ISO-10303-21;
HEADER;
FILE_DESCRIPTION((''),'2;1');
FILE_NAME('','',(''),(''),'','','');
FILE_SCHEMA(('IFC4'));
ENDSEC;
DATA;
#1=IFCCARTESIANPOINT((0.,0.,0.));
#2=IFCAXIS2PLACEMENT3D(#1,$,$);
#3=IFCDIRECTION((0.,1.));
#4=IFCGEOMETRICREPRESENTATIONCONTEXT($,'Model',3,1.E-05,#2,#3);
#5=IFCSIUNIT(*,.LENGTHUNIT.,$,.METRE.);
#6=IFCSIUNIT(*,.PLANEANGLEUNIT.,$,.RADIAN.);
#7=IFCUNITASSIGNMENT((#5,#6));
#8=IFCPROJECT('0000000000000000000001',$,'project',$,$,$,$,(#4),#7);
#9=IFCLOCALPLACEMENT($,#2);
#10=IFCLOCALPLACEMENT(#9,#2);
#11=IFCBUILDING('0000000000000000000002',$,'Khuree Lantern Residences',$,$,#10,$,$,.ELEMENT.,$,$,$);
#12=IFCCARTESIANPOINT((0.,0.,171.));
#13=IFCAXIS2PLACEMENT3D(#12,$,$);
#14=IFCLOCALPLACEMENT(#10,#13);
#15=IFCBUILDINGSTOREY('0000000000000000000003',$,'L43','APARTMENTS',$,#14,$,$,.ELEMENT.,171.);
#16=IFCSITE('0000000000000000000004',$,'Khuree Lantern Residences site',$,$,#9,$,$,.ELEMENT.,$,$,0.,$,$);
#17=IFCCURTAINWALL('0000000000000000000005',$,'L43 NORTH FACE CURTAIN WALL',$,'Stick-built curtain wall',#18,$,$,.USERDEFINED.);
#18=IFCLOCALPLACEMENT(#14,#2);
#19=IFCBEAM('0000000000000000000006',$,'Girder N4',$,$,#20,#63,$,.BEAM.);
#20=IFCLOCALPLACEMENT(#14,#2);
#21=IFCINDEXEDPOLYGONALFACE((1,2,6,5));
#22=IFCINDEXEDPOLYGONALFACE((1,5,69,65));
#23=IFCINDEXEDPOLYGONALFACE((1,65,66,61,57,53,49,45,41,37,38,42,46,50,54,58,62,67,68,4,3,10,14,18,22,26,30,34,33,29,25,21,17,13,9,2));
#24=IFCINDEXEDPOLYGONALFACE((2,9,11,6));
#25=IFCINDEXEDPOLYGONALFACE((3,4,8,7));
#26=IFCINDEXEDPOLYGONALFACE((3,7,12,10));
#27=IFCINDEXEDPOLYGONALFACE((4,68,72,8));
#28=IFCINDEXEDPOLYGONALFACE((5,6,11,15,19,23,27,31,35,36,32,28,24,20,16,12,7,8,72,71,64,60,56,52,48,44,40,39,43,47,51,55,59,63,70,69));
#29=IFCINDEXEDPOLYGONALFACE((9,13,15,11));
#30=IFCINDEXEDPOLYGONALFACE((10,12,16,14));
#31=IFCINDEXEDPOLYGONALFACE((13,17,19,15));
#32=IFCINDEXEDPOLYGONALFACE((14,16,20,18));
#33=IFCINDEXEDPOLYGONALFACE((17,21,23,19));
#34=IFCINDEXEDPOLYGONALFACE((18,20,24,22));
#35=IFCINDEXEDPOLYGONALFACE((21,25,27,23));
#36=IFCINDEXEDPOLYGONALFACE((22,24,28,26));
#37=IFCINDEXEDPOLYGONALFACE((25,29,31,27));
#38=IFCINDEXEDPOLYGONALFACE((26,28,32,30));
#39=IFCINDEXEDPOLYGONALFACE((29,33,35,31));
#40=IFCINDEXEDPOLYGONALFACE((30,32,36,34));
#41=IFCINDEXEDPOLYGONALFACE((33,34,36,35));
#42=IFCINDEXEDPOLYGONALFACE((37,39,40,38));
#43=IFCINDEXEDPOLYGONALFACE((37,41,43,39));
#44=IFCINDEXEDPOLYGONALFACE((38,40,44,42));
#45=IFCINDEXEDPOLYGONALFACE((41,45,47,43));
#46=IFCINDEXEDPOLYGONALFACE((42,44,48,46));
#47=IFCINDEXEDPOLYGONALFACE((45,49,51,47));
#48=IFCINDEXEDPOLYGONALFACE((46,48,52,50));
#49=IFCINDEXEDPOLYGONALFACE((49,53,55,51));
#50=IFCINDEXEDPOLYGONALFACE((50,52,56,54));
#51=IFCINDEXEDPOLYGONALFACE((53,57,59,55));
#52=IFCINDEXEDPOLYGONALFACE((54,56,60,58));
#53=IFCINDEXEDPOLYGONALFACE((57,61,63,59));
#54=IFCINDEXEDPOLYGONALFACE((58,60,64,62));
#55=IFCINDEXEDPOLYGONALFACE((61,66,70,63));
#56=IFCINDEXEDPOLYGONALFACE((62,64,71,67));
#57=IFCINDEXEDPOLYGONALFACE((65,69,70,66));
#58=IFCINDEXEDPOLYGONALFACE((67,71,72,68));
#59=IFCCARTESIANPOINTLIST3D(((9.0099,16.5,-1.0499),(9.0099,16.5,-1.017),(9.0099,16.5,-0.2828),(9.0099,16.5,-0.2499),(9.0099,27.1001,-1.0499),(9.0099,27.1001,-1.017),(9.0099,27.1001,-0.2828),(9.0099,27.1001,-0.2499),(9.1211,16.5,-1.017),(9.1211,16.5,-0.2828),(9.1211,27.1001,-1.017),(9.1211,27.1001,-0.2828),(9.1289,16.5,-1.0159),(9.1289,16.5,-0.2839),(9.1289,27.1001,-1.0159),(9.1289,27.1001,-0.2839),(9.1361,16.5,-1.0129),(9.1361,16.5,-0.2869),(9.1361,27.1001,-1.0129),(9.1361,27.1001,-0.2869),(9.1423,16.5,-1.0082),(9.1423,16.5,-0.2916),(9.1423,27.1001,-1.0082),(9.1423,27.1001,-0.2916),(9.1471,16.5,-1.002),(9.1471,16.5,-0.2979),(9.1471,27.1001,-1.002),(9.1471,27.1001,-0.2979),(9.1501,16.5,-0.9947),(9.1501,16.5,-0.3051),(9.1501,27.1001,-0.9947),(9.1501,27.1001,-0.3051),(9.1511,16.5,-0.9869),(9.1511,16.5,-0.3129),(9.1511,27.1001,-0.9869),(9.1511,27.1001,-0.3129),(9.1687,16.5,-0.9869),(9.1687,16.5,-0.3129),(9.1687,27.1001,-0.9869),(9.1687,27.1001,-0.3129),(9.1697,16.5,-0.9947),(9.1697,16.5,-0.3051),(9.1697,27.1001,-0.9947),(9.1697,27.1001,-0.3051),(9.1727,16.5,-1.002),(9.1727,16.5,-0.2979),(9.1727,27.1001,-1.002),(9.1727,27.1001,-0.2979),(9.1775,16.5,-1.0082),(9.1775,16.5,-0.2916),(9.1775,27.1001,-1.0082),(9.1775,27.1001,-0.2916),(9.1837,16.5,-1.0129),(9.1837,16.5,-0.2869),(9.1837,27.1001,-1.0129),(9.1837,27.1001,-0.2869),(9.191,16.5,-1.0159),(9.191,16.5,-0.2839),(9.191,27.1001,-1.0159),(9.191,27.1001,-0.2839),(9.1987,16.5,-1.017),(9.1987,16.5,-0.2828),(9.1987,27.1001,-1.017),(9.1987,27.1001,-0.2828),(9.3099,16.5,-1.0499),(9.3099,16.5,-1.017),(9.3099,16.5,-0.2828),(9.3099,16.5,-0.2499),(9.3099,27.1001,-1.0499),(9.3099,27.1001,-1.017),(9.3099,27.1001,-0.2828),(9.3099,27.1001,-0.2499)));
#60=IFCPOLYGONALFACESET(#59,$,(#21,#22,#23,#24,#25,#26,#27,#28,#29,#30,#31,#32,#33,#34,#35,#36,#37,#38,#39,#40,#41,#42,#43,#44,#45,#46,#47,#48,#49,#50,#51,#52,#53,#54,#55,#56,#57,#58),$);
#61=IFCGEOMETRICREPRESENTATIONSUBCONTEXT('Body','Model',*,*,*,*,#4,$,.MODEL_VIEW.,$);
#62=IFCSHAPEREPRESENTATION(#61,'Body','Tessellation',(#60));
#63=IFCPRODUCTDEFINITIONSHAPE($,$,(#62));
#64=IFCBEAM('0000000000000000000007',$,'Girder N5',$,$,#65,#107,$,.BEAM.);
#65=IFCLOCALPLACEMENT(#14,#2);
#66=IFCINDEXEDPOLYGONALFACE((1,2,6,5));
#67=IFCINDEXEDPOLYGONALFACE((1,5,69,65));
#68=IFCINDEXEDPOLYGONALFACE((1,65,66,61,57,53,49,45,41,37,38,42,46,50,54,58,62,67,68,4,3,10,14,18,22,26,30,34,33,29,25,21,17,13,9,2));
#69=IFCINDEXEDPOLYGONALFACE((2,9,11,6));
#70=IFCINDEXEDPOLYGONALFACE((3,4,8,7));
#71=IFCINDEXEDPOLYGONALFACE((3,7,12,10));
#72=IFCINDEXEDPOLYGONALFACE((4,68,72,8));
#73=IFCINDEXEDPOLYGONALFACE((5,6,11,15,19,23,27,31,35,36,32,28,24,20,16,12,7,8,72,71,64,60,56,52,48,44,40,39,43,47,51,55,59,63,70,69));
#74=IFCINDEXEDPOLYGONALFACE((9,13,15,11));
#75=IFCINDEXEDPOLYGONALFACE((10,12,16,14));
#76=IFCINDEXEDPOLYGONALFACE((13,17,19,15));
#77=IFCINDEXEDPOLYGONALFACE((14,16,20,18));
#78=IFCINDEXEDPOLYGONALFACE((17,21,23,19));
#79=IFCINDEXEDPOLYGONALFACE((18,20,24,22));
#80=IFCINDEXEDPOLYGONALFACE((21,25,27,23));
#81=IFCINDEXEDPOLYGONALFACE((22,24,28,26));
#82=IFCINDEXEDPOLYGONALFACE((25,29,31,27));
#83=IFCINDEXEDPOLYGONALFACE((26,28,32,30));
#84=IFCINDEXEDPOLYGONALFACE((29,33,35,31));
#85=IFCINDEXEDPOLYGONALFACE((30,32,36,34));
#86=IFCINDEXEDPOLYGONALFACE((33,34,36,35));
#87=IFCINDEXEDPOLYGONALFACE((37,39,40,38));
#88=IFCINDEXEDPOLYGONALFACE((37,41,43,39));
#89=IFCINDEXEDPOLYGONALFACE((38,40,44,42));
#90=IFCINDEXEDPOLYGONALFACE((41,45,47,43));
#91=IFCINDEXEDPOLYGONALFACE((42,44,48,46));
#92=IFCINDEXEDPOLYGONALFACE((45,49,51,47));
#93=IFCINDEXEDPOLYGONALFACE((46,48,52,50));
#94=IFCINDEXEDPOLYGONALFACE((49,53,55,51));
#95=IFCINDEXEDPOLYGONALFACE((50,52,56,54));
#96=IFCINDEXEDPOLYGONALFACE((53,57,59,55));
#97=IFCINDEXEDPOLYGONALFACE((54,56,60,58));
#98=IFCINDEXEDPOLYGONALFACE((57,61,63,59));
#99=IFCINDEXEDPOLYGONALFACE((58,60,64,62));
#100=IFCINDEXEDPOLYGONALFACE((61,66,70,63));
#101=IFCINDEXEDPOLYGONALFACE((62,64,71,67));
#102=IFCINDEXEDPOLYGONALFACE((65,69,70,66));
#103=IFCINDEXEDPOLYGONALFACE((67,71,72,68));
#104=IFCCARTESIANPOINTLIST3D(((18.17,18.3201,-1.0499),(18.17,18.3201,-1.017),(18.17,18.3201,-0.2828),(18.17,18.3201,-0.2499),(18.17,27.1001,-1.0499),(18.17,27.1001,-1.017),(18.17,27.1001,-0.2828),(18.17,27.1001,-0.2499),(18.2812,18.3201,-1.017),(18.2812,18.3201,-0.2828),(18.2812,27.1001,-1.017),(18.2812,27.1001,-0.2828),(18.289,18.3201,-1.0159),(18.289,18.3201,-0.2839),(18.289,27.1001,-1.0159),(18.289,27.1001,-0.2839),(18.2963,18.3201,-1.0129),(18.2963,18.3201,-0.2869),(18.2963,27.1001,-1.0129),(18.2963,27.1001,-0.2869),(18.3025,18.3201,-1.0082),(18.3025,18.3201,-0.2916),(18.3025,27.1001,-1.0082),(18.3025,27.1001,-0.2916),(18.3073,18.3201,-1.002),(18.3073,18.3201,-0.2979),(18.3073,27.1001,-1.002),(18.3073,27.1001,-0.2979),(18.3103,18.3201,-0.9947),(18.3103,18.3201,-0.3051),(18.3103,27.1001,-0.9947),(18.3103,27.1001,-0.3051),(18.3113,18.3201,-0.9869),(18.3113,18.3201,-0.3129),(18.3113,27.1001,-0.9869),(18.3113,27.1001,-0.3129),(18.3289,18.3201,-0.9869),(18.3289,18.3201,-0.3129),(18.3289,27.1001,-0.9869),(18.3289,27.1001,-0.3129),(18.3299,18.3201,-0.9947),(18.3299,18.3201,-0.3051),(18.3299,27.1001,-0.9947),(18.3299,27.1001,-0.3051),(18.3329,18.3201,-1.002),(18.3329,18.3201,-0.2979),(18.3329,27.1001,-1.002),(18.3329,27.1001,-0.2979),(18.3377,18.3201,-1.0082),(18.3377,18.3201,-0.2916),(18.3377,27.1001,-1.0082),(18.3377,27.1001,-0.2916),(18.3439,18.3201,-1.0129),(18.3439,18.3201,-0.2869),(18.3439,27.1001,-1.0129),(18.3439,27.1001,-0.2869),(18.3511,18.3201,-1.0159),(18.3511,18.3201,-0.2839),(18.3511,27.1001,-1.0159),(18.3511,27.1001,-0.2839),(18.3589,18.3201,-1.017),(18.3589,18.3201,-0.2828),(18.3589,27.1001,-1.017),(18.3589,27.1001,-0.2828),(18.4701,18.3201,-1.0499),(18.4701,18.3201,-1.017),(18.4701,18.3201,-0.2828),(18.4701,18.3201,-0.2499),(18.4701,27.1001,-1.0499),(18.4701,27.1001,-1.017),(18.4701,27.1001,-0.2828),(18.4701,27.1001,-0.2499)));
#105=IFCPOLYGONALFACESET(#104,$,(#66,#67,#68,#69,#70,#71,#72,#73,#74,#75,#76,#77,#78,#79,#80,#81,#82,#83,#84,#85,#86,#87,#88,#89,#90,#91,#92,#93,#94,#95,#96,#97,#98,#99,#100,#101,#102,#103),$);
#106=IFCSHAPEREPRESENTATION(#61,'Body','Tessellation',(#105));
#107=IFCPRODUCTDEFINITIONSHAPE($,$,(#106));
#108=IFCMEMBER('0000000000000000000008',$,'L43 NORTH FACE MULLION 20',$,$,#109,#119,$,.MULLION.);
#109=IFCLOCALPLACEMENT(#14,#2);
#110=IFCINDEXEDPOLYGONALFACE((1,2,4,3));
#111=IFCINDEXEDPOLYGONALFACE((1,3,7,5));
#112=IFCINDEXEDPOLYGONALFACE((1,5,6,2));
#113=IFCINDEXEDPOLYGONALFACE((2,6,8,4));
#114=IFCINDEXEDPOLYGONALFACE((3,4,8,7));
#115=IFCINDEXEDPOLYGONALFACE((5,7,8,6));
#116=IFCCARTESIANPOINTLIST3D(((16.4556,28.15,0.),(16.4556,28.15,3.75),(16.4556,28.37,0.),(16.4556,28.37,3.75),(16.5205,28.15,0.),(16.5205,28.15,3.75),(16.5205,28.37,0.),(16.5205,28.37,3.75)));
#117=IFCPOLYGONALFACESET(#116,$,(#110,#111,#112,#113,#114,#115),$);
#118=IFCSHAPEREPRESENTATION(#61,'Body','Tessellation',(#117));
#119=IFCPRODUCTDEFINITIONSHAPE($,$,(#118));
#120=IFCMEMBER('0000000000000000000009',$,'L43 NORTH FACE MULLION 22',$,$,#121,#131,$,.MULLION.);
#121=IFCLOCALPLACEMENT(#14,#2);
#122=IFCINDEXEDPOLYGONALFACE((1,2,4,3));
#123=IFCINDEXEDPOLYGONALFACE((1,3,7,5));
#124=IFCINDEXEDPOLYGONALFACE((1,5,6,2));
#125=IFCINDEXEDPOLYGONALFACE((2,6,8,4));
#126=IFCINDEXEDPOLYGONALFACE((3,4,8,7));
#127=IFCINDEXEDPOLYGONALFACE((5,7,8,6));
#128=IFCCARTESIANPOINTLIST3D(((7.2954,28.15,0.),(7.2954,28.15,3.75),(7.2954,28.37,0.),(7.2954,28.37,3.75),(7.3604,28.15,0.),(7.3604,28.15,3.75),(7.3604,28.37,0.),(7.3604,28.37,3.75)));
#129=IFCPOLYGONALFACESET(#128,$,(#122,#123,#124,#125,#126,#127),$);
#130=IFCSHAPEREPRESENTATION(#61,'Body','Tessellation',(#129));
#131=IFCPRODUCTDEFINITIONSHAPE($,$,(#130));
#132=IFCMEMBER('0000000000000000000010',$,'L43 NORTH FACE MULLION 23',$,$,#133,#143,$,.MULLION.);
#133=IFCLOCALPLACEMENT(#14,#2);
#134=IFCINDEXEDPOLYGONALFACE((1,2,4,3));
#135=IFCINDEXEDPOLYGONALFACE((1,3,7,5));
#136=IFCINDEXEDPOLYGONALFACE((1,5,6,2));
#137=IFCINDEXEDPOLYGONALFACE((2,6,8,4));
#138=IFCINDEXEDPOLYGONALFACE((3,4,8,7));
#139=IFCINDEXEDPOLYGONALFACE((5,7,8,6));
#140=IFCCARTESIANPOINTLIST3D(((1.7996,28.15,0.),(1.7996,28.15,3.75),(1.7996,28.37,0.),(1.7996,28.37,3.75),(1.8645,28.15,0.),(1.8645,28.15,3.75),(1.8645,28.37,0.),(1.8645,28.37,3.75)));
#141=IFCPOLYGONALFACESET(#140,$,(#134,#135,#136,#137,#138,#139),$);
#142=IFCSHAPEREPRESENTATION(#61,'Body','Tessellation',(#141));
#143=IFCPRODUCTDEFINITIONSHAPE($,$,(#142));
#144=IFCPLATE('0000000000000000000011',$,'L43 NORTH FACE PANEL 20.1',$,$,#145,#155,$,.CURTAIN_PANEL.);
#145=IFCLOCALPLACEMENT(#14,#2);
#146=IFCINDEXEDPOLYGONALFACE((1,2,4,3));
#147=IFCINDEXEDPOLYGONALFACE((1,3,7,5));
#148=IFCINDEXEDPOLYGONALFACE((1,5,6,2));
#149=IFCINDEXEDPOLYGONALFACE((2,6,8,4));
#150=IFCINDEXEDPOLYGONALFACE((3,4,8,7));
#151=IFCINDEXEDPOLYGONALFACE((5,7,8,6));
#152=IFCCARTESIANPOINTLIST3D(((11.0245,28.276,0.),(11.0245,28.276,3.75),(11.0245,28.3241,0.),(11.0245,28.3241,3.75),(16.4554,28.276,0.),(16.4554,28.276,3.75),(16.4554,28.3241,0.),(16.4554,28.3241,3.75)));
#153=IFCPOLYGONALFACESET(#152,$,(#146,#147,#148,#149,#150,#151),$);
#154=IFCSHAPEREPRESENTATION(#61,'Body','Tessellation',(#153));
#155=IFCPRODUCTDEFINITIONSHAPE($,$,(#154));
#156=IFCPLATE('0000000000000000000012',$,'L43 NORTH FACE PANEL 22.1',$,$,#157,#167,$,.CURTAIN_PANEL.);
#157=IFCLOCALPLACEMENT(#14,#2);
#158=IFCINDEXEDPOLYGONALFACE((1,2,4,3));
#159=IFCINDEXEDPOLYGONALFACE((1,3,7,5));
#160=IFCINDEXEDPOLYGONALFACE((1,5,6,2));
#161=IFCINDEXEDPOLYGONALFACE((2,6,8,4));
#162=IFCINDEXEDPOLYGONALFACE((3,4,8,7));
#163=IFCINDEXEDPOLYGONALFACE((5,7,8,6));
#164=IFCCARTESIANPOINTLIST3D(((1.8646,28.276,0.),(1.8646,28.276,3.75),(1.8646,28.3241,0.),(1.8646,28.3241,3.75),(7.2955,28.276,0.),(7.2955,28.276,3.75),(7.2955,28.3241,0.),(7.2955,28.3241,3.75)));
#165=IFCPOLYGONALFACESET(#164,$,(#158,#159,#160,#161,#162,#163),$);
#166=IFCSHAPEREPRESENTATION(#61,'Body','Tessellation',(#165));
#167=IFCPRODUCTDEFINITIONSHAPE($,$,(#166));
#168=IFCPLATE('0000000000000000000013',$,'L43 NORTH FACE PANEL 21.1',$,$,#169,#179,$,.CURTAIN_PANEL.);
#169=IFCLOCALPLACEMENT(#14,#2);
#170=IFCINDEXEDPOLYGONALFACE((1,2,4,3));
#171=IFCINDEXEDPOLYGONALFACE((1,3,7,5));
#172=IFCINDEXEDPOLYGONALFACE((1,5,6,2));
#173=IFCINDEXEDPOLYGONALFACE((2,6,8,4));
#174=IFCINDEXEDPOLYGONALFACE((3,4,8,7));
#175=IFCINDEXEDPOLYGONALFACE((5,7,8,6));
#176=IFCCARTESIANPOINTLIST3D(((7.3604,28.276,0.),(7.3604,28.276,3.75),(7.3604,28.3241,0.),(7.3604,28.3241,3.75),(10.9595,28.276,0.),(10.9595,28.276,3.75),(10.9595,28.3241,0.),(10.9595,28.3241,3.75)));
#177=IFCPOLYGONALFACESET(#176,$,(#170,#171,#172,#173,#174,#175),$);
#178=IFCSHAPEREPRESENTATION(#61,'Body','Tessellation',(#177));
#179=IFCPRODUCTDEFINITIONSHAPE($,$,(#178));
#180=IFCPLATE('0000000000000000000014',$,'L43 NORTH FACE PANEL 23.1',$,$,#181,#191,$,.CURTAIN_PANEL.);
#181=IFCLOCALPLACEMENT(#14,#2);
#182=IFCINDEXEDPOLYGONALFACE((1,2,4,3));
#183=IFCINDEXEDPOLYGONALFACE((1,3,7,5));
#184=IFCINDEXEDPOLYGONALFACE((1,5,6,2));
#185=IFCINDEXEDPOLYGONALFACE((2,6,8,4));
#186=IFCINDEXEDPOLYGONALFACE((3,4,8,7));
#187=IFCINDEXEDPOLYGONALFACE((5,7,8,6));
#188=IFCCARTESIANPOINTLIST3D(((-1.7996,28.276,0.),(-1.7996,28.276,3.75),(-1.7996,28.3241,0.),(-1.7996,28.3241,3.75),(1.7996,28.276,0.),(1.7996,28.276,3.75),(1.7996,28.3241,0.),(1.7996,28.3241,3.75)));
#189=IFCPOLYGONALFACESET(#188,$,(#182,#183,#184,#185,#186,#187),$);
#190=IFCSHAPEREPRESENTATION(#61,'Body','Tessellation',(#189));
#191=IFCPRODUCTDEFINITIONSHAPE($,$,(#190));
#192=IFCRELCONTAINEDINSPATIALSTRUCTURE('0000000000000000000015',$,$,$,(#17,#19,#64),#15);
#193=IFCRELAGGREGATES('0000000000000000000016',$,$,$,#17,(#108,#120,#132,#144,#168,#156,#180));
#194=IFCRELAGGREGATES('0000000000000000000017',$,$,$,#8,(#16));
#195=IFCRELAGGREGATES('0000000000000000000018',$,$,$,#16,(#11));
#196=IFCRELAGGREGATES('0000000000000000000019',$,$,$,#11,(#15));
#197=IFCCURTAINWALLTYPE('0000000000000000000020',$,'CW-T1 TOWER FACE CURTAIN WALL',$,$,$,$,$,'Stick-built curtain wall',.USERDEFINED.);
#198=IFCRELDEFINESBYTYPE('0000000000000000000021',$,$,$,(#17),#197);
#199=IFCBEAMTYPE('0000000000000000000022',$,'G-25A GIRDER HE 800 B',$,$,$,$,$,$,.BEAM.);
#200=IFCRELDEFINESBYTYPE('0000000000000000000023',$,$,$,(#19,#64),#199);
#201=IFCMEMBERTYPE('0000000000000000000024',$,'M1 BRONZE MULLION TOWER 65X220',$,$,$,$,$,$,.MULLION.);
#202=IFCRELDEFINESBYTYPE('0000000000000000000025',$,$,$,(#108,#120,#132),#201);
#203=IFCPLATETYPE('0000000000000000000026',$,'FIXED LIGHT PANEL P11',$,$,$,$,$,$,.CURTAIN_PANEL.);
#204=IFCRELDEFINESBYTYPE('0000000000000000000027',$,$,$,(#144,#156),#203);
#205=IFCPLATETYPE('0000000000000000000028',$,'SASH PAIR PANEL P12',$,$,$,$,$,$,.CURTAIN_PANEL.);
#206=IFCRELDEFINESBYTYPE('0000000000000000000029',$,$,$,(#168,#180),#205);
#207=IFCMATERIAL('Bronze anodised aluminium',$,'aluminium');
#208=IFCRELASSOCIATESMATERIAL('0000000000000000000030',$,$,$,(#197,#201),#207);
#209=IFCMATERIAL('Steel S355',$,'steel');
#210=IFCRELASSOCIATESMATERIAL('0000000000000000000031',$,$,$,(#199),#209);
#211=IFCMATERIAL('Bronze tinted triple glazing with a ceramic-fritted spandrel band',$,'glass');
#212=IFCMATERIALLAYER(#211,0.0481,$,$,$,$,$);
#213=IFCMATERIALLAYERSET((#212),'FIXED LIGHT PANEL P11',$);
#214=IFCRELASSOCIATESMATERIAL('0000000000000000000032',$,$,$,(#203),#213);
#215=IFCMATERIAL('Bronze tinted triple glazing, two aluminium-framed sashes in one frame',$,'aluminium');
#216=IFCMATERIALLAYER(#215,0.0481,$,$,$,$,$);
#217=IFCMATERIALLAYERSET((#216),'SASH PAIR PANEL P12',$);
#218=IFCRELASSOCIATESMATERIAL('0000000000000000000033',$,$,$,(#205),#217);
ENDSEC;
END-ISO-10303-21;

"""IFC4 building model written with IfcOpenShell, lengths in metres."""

from ifc_helpers import new_model, si_unit, direction, frame, origin, origin_2d, place, context, subcontext, project, spatial, rectangle, i_section, extrude, material, layer, layer_set, material_profile, profile_set, type_object, element, aggregate, save


model = new_model("IFC4")

# Units and contexts
model_context = context("Model", 3, precision=1e-05, world=origin(), true_north=direction((0.0, 1.0)))
body_context = subcontext(model_context, "Body", "Model", "MODEL_VIEW")
ifc_project = project(units=[si_unit("LENGTHUNIT", "METRE"), si_unit("PLANEANGLEUNIT", "RADIAN")], contexts=[model_context])

# Site, building, storey
site_placement = place(None, origin())
site = spatial("IfcSite", under=ifc_project, at=site_placement, Name="Khuree Lantern Residences site", CompositionType="ELEMENT", RefElevation=0.0)
building_placement = place(site_placement, origin())
building = spatial("IfcBuilding", under=site, at=building_placement, Name="Khuree Lantern Residences", CompositionType="ELEMENT")
storey_placement = place(building_placement, frame((0.0, 0.0, 171.0)))
storey = spatial("IfcBuildingStorey", under=building, at=storey_placement, Name="L43", Description="APARTMENTS", CompositionType="ELEMENT", Elevation=171.0)

# Shared definitions
ifc_material_1 = material(Name="Steel S355", Category="steel")

# Curtain wall
ifc_material_2 = material(Name="Bronze anodised aluminium", Category="aluminium")
curtain_wall_type = type_object("IfcCurtainWallType", Name="CW-T1 TOWER FACE CURTAIN WALL", ElementType="Stick-built curtain wall", PredefinedType="USERDEFINED", material=ifc_material_2)
curtain_wall_placement = place(storey_placement, origin())
curtain_wall = element("IfcCurtainWall", 1, at=curtain_wall_placement, inside=storey, type_object=curtain_wall_type, Name="L43 NORTH FACE CURTAIN WALL", ObjectType="Stick-built curtain wall", PredefinedType="USERDEFINED")

# Beams
ifc_material_profile_1 = material_profile(ifc_material_1, i_section(OverallWidth=0.3, OverallDepth=0.8, WebThickness=0.0176, FlangeThickness=0.033, FilletRadius=0.03, at=origin_2d()), Name="HE 800 B")
ifc_profile_set_1 = profile_set([ifc_material_profile_1], Name="Steel S355")
beam_type_1 = type_object("IfcBeamType", Name="G-25A GIRDER HE 800 B", PredefinedType="BEAM", material=ifc_profile_set_1)
for number, where, z_axis, x_axis, name in (
    (2, (9.1599, 27.1001, -0.6499), (0.0, -1.0, 0.0), (1.0, 0.0, 0.0), "Girder N4"),
):
    element("IfcBeam", number, at=place(storey_placement, frame(where, z_axis=z_axis, x_axis=x_axis)), inside=storey, type_object=beam_type_1, Name=name, PredefinedType="BEAM", context=body_context, shape_type="SweptSolid", body=[
        extrude(i_section(OverallWidth=0.3, OverallDepth=0.8, WebThickness=0.0176, FlangeThickness=0.033, FilletRadius=0.03, at=origin_2d()), origin(), (0.0, 0.0, 1.0), 10.6001),
    ])
beam_1_placement = place(storey_placement, frame((18.3201, 27.1001, -0.6499), z_axis=(0.0, -1.0, 0.0), x_axis=(1.0, 0.0, 0.0)))
element("IfcBeam", 3, at=beam_1_placement, inside=storey, type_object=beam_type_1, Name="Girder N5", PredefinedType="BEAM", context=body_context, shape_type="SweptSolid", body=[
    extrude(i_section(OverallWidth=0.3, OverallDepth=0.8, WebThickness=0.0176, FlangeThickness=0.033, FilletRadius=0.03, at=origin_2d()), origin(), (0.0, 0.0, 1.0), 8.78),
])

# Members
ifc_material_profile_2 = material_profile(ifc_material_2, rectangle(XDim=0.0649, YDim=0.22, at=origin_2d()), Name="M1 65X220")
ifc_profile_set_2 = profile_set([ifc_material_profile_2], Name="Bronze anodised aluminium")
member_type_1 = type_object("IfcMemberType", Name="M1 BRONZE MULLION TOWER 65X220", PredefinedType="MULLION", material=ifc_profile_set_2)
member_1_placement = place(storey_placement, frame((16.488, 28.26, 0.0), z_axis=(0.0, 0.0, 1.0), x_axis=(-1.0, 0.0, 0.0)))
member_1 = element("IfcMember", 4, at=member_1_placement, type_object=member_type_1, Name="L43 NORTH FACE MULLION 20", PredefinedType="MULLION", context=body_context, shape_type="SweptSolid", body=[
    extrude(rectangle(XDim=0.0649, YDim=0.22, at=origin_2d()), origin(), (0.0, 0.0, 1.0), 3.75),
])
member_2_placement = place(storey_placement, frame((7.3279, 28.26, 0.0), z_axis=(0.0, 0.0, 1.0), x_axis=(-1.0, 0.0, 0.0)))
member_2 = element("IfcMember", 5, at=member_2_placement, type_object=member_type_1, Name="L43 NORTH FACE MULLION 22", PredefinedType="MULLION", context=body_context, shape_type="SweptSolid", body=[
    extrude(rectangle(XDim=0.0649, YDim=0.22, at=origin_2d()), origin(), (0.0, 0.0, 1.0), 3.75),
])
member_3_placement = place(storey_placement, frame((1.832, 28.26, 0.0), z_axis=(0.0, 0.0, 1.0), x_axis=(-1.0, 0.0, 0.0)))
member_3 = element("IfcMember", 6, at=member_3_placement, type_object=member_type_1, Name="L43 NORTH FACE MULLION 23", PredefinedType="MULLION", context=body_context, shape_type="SweptSolid", body=[
    extrude(rectangle(XDim=0.0649, YDim=0.22, at=origin_2d()), origin(), (0.0, 0.0, 1.0), 3.75),
])

# Plates
ifc_material_3 = material(Name="Bronze tinted triple glazing with a ceramic-fritted spandrel band", Category="glass")
ifc_layer_1 = layer(ifc_material_3, 0.0481)
ifc_layer_set_1 = layer_set([ifc_layer_1], Name="FIXED LIGHT PANEL P11")
plate_type_1 = type_object("IfcPlateType", Name="FIXED LIGHT PANEL P11", PredefinedType="CURTAIN_PANEL", material=ifc_layer_set_1)
plate_1_placement = place(storey_placement, frame((13.74, 28.3, 0.0), z_axis=(0.0, 0.0, 1.0), x_axis=(-1.0, 0.0, 0.0)))
plate_1 = element("IfcPlate", 7, at=plate_1_placement, type_object=plate_type_1, Name="L43 NORTH FACE PANEL 20.1", PredefinedType="CURTAIN_PANEL", context=body_context, shape_type="SweptSolid", body=[
    extrude(rectangle(XDim=5.4309, YDim=0.0481, at=origin_2d()), origin(), (0.0, 0.0, 1.0), 3.75),
])
plate_2_placement = place(storey_placement, frame((4.5801, 28.3, 0.0), z_axis=(0.0, 0.0, 1.0), x_axis=(-1.0, 0.0, 0.0)))
plate_2 = element("IfcPlate", 8, at=plate_2_placement, type_object=plate_type_1, Name="L43 NORTH FACE PANEL 22.1", PredefinedType="CURTAIN_PANEL", context=body_context, shape_type="SweptSolid", body=[
    extrude(rectangle(XDim=5.4309, YDim=0.0481, at=origin_2d()), origin(), (0.0, 0.0, 1.0), 3.75),
])
ifc_material_4 = material(Name="Bronze tinted triple glazing, two aluminium-framed sashes in one frame", Category="aluminium")
ifc_layer_2 = layer(ifc_material_4, 0.0481)
ifc_layer_set_2 = layer_set([ifc_layer_2], Name="SASH PAIR PANEL P12")
plate_type_2 = type_object("IfcPlateType", Name="SASH PAIR PANEL P12", PredefinedType="CURTAIN_PANEL", material=ifc_layer_set_2)
plate_3_placement = place(storey_placement, frame((9.1599, 28.3, 0.0), z_axis=(0.0, 0.0, 1.0), x_axis=(-1.0, 0.0, 0.0)))
plate_3 = element("IfcPlate", 9, at=plate_3_placement, type_object=plate_type_2, Name="L43 NORTH FACE PANEL 21.1", PredefinedType="CURTAIN_PANEL", context=body_context, shape_type="SweptSolid", body=[
    extrude(rectangle(XDim=3.5991, YDim=0.0481, at=origin_2d()), origin(), (0.0, 0.0, 1.0), 3.75),
])
plate_4_placement = place(storey_placement, frame((0.0, 28.3, 0.0), z_axis=(0.0, 0.0, 1.0), x_axis=(-1.0, 0.0, 0.0)))
plate_4 = element("IfcPlate", 10, at=plate_4_placement, type_object=plate_type_2, Name="L43 NORTH FACE PANEL 23.1", PredefinedType="CURTAIN_PANEL", context=body_context, shape_type="SweptSolid", body=[
    extrude(rectangle(XDim=3.5991, YDim=0.0481, at=origin_2d()), origin(), (0.0, 0.0, 1.0), 3.75),
])
aggregate(curtain_wall, [member_1, member_2, member_3, plate_1, plate_3, plate_2, plate_4])

save(model, "model.ifc")
